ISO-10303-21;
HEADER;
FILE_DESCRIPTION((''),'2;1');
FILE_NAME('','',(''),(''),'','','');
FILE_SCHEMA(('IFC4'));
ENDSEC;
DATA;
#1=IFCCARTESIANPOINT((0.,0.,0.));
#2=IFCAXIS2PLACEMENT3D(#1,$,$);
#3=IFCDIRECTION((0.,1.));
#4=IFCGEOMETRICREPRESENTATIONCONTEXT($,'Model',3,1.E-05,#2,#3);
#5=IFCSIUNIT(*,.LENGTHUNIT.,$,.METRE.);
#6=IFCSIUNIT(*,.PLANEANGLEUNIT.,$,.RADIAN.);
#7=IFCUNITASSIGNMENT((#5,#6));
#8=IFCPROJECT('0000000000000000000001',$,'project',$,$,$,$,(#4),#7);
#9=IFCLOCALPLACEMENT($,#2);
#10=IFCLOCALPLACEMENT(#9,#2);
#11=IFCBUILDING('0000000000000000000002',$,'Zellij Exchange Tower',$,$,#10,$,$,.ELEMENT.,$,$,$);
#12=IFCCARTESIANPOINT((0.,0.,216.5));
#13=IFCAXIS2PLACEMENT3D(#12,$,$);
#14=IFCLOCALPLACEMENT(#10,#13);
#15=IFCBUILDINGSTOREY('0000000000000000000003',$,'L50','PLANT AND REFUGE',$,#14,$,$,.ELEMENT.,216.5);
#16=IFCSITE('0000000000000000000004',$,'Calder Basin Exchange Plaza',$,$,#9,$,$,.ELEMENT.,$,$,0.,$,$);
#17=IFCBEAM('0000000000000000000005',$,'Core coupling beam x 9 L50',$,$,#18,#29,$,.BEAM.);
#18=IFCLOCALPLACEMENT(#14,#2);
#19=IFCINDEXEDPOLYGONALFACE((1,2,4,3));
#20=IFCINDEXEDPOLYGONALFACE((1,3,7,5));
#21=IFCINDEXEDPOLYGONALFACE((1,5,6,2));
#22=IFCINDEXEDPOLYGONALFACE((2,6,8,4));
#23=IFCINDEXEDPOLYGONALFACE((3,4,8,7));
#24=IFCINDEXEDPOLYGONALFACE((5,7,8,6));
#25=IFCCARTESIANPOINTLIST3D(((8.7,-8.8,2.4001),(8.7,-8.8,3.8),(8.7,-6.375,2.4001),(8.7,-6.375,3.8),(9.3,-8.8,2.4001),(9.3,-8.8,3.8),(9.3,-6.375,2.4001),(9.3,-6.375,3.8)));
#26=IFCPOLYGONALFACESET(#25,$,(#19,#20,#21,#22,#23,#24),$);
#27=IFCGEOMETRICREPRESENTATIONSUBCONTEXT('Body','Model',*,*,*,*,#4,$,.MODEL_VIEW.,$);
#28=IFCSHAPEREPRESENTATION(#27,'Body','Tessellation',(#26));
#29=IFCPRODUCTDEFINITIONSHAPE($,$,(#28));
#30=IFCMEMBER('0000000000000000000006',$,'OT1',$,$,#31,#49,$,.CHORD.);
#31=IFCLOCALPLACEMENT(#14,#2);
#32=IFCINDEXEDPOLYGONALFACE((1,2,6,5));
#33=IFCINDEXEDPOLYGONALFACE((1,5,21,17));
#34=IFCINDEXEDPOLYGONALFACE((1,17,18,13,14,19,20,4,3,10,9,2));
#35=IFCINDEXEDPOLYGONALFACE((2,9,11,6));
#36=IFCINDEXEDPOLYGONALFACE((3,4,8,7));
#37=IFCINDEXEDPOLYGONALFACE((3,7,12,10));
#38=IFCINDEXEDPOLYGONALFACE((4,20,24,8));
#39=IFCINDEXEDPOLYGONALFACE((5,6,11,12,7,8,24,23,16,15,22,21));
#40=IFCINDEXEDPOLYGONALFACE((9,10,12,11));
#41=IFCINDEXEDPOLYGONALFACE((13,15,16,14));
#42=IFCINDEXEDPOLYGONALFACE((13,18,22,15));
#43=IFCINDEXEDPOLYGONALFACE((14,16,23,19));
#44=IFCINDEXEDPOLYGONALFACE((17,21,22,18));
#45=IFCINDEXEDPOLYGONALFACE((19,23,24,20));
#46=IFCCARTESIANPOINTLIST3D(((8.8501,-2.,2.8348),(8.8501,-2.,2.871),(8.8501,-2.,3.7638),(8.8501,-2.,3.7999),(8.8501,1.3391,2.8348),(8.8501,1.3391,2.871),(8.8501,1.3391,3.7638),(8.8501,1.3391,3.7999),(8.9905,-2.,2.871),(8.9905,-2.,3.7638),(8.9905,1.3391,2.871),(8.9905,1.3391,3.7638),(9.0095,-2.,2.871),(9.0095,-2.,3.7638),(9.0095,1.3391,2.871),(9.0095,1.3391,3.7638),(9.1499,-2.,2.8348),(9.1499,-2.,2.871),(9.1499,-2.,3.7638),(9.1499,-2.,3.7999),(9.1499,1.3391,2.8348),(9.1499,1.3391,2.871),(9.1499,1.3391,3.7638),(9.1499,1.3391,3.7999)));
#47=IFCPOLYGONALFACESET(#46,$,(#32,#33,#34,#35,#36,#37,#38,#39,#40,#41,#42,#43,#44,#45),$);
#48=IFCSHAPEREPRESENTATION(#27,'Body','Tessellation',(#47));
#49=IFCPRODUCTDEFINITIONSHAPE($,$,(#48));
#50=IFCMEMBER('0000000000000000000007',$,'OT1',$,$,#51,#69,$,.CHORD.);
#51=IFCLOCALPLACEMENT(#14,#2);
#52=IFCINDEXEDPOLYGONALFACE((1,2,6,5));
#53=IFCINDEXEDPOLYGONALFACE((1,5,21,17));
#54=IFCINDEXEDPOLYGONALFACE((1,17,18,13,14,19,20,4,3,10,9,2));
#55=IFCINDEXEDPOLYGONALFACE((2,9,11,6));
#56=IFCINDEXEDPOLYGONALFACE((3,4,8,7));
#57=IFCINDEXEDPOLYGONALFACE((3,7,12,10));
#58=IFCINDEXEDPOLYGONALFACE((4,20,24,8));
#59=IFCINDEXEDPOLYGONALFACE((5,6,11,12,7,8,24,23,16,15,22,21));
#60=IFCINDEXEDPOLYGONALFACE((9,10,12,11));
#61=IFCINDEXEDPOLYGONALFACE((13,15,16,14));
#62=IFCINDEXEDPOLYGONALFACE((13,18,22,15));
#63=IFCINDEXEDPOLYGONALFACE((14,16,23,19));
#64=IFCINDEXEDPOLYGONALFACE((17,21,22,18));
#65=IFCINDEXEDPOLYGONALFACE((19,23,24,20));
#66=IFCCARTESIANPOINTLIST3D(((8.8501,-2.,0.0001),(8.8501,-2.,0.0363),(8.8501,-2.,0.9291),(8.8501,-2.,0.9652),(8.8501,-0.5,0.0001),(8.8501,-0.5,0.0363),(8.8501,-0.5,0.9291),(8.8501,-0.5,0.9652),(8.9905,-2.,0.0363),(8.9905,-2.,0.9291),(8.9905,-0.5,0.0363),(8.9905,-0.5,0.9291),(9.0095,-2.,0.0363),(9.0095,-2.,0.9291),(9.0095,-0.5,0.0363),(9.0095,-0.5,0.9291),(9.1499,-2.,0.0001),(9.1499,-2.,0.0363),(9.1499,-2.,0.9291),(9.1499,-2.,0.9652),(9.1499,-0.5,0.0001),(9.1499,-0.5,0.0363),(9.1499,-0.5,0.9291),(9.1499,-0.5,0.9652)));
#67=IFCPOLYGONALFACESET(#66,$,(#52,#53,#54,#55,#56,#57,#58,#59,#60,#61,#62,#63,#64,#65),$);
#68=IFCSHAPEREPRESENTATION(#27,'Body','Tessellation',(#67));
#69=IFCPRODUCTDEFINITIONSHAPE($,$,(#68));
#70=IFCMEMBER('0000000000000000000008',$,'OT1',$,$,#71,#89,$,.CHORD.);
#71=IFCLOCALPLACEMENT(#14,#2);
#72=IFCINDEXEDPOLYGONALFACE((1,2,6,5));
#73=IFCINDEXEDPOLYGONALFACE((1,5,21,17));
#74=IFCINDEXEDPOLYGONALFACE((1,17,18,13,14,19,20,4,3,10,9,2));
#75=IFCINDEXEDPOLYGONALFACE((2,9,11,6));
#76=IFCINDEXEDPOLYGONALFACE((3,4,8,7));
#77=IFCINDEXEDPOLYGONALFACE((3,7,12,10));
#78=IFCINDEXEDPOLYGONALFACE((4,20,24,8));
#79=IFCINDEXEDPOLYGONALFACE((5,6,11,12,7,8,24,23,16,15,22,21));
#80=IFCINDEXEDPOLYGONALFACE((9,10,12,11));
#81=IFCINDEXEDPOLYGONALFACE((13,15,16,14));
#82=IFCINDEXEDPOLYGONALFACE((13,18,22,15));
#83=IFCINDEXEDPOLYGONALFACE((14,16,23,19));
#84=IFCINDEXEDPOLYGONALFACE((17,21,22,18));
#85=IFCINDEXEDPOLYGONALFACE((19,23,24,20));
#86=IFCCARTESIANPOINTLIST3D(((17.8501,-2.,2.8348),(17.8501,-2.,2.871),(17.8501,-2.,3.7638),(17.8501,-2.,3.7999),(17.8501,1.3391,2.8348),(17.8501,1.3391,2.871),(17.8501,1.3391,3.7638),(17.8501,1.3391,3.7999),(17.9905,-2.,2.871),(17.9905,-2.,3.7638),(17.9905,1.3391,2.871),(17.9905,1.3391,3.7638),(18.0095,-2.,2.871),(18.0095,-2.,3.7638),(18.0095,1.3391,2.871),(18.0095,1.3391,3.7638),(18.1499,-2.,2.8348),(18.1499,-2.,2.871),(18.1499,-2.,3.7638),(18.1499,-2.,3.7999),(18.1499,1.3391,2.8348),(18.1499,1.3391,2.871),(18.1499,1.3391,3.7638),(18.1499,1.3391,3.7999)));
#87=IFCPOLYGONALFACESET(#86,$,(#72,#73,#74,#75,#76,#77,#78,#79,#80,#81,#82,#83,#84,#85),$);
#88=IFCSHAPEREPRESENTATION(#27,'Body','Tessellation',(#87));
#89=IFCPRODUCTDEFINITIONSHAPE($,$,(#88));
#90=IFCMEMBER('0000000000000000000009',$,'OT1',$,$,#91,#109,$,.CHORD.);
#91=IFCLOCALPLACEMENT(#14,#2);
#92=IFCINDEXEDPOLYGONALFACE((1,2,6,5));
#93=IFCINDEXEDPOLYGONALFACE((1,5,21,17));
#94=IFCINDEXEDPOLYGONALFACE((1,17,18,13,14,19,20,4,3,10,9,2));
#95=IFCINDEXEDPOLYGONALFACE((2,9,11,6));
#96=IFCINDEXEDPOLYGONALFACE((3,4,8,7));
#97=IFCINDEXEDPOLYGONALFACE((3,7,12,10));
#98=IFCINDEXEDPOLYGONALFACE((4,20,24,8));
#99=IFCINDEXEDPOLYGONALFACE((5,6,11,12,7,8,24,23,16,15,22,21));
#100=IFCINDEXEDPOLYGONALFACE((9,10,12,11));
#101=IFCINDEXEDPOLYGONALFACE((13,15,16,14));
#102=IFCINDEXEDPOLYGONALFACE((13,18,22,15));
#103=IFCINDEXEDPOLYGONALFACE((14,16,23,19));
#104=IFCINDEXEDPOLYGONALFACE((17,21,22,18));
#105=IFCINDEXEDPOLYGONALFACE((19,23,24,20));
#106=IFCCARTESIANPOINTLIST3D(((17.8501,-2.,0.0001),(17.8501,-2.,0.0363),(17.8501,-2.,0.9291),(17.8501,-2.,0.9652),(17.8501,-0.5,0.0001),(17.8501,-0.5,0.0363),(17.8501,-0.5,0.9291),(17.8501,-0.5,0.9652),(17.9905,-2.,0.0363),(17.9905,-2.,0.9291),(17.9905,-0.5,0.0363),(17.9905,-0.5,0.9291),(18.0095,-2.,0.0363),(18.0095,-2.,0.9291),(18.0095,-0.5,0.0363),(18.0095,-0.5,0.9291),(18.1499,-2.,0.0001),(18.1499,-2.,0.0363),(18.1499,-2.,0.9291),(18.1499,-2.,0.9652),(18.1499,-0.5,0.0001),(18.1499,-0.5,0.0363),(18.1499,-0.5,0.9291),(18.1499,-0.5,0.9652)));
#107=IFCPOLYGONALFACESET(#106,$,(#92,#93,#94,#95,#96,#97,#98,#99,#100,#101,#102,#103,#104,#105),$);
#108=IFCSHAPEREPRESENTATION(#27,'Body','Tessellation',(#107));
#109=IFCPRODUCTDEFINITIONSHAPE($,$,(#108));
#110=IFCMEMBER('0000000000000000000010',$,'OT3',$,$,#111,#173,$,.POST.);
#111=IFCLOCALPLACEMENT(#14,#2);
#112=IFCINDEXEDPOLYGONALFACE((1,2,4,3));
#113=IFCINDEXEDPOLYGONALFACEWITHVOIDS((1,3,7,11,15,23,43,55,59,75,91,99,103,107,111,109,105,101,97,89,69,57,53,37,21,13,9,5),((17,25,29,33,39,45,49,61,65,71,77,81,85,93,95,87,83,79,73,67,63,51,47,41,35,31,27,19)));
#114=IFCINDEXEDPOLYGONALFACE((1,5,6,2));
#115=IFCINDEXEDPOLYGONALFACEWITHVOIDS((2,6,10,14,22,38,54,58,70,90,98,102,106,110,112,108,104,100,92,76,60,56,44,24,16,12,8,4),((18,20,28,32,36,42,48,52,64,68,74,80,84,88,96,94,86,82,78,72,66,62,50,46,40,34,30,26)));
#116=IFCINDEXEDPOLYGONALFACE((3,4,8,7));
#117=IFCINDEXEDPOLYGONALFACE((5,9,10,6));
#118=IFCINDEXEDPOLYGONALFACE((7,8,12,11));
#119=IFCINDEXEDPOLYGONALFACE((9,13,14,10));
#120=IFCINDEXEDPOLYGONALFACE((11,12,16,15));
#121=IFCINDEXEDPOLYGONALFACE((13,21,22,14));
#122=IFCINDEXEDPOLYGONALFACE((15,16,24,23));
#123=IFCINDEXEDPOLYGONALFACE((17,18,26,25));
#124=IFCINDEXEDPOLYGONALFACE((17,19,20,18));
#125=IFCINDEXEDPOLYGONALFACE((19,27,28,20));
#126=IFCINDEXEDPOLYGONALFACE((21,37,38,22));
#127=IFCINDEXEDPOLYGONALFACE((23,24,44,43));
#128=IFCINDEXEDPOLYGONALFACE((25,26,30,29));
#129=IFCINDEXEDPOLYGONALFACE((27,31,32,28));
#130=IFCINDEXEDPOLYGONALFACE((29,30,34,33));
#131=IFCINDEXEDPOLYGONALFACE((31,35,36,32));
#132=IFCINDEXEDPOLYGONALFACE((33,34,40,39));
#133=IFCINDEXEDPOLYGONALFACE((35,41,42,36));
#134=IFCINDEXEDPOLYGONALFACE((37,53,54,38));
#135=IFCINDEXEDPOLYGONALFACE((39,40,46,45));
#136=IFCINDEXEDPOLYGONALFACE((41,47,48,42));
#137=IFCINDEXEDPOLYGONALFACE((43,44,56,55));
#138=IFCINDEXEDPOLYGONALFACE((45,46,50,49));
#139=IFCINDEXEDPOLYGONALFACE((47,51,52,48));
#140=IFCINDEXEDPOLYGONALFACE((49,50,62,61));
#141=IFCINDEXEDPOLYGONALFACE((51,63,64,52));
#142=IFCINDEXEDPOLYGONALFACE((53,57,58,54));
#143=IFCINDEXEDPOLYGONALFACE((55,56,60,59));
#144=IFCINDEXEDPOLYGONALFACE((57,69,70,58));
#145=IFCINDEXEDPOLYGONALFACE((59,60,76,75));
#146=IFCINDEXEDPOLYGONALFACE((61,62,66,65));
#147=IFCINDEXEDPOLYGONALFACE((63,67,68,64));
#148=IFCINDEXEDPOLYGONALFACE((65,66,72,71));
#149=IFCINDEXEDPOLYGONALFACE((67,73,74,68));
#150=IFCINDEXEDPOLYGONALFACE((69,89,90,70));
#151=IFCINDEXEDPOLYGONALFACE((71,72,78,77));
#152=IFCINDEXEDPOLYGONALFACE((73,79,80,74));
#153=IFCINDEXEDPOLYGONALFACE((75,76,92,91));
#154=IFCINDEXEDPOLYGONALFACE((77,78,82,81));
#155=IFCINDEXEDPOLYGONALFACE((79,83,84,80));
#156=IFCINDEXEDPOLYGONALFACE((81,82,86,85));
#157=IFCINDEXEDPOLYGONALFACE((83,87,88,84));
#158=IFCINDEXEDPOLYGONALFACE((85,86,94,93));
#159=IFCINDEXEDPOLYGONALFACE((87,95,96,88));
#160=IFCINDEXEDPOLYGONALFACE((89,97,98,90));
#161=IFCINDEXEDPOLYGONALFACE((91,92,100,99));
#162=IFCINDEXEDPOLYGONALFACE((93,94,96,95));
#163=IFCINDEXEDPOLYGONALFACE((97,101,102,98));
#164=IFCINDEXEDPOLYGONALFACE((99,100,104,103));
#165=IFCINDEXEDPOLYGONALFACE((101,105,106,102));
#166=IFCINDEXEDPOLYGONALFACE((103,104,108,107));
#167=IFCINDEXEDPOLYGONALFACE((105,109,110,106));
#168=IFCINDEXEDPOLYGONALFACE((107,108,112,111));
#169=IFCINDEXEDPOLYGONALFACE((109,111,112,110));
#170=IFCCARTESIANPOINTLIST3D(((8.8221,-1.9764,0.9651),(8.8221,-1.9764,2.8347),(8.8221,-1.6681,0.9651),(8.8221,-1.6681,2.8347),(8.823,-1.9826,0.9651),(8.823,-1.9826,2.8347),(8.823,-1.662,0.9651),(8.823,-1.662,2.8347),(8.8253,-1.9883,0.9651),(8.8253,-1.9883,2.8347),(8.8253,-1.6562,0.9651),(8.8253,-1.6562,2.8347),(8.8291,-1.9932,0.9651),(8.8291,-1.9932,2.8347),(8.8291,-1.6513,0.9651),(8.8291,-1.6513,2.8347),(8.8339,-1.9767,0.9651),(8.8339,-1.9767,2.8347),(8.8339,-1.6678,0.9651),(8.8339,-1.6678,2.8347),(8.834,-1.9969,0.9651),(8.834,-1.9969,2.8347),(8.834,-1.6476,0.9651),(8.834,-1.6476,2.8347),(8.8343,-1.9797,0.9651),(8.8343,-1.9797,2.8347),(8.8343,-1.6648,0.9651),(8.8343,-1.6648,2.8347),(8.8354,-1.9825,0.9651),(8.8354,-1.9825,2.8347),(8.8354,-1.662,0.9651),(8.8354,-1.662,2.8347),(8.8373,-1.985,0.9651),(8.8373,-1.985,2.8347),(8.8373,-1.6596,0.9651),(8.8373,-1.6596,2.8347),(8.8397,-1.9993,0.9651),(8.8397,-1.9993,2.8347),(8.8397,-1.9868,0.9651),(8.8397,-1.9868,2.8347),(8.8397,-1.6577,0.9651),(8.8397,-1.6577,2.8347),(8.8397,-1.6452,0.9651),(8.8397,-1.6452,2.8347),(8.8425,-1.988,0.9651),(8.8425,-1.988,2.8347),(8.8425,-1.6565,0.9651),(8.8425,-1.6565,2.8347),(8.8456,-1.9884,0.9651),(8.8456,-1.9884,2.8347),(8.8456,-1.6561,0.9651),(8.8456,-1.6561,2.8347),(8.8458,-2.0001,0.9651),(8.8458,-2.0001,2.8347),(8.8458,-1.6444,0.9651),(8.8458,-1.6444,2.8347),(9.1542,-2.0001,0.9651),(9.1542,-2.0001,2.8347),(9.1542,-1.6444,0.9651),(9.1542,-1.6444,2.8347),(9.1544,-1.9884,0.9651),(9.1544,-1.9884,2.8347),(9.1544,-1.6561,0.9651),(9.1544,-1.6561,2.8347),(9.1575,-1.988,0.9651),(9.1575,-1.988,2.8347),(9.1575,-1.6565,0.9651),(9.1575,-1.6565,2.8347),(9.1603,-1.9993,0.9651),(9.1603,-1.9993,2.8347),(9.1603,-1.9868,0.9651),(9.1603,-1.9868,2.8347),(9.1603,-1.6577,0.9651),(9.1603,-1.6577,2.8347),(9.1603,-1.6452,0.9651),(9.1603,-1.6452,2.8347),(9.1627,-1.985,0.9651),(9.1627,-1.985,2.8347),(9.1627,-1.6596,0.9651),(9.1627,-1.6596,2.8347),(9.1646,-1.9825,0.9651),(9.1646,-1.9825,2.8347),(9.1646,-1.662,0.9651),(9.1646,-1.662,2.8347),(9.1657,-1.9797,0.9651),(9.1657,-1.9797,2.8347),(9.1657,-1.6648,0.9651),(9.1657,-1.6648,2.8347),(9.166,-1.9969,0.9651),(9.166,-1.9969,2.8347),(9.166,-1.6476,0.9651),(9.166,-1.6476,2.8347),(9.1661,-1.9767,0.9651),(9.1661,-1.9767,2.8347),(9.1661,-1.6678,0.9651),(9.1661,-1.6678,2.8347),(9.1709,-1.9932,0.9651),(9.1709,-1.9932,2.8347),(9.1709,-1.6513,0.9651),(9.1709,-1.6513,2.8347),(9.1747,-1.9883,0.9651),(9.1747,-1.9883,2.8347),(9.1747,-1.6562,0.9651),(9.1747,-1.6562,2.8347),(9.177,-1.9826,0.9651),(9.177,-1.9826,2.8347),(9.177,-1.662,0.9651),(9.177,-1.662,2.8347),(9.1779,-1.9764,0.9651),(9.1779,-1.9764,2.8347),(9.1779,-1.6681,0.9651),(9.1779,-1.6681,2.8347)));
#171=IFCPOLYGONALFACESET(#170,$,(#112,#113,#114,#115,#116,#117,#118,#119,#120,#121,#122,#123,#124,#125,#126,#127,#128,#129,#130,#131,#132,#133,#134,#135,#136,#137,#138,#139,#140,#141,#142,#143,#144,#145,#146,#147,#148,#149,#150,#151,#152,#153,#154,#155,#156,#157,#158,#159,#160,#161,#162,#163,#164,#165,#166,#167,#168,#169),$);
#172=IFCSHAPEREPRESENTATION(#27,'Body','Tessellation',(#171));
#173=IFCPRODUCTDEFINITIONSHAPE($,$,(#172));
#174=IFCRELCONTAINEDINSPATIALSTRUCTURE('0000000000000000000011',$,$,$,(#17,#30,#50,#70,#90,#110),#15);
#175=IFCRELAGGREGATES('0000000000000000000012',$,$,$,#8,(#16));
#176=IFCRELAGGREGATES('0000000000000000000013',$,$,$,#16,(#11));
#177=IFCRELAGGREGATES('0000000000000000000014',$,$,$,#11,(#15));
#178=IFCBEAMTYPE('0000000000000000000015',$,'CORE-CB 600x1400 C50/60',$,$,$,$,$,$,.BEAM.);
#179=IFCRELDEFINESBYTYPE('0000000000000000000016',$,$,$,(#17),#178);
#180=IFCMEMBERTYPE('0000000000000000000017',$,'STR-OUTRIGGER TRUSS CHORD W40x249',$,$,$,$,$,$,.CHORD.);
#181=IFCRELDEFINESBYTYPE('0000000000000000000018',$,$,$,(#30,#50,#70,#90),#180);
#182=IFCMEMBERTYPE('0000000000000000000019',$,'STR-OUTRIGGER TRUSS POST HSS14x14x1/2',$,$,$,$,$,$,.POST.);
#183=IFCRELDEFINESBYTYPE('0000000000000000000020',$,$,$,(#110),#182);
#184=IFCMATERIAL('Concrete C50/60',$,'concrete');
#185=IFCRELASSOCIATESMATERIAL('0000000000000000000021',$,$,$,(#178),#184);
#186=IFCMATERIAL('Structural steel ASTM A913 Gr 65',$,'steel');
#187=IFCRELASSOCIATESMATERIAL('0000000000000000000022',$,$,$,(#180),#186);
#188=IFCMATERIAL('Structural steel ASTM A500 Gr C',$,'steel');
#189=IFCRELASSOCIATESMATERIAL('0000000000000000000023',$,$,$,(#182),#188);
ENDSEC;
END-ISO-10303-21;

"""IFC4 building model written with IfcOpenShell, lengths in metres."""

from ifc_helpers import new_model, si_unit, direction, frame, origin, origin_2d, place, context, subcontext, project, spatial, rectangle, hollow_rectangle, i_section, extrude, material, material_profile, profile_set, type_object, element, save


model = new_model("IFC4")

# Units and contexts
model_context = context("Model", 3, precision=1e-05, world=origin(), true_north=direction((0.0, 1.0)))
body_context = subcontext(model_context, "Body", "Model", "MODEL_VIEW")
ifc_project = project(units=[si_unit("LENGTHUNIT", "METRE"), si_unit("PLANEANGLEUNIT", "RADIAN")], contexts=[model_context])

# Site, building, storey
site_placement = place(None, origin())
site = spatial("IfcSite", under=ifc_project, at=site_placement, Name="Calder Basin Exchange Plaza", CompositionType="ELEMENT", RefElevation=0.0)
building_placement = place(site_placement, origin())
building = spatial("IfcBuilding", under=site, at=building_placement, Name="Zellij Exchange Tower", CompositionType="ELEMENT")
storey_placement = place(building_placement, frame((0.0, 0.0, 216.5)))
storey = spatial("IfcBuildingStorey", under=building, at=storey_placement, Name="L50", Description="PLANT AND REFUGE", CompositionType="ELEMENT", Elevation=216.5)

# Beam
ifc_material_1 = material(Name="Concrete C50/60", Category="concrete")
ifc_material_profile_1 = material_profile(ifc_material_1, rectangle(XDim=0.6001, YDim=1.3999, at=origin_2d()), Name="CORE-CB 600x1400 C50/60")
ifc_profile_set_1 = profile_set([ifc_material_profile_1], Name="Concrete C50/60")
beam_type = type_object("IfcBeamType", Name="CORE-CB 600x1400 C50/60", PredefinedType="BEAM", material=ifc_profile_set_1)
beam_placement = place(storey_placement, frame((9.0, -8.8, 3.1001), z_axis=(0.0, 1.0, 0.0), x_axis=(-1.0, 0.0, 0.0)))
element("IfcBeam", 1, at=beam_placement, inside=storey, type_object=beam_type, Name="Core coupling beam x 9 L50", PredefinedType="BEAM", context=body_context, shape_type="SweptSolid", body=[
    extrude(rectangle(XDim=0.6001, YDim=1.3999, at=origin_2d()), origin(), (0.0, 0.0, 1.0), 2.425),
])

# Members
ifc_material_2 = material(Name="Structural steel ASTM A913 Gr 65", Category="steel")
ifc_material_profile_2 = material_profile(ifc_material_2, i_section(OverallWidth=0.2998, OverallDepth=0.9651, WebThickness=0.019, FlangeThickness=0.0361, at=origin_2d()), Name="W40x249")
ifc_profile_set_2 = profile_set([ifc_material_profile_2], Name="Structural steel ASTM A913 Gr 65")
member_type_1 = type_object("IfcMemberType", Name="STR-OUTRIGGER TRUSS CHORD W40x249", PredefinedType="CHORD", material=ifc_profile_set_2)
member_1_placement = place(storey_placement, frame((9.0, -2.0, 3.3174), z_axis=(0.0, 1.0, 0.0), x_axis=(-1.0, 0.0, 0.0)))
element("IfcMember", 2, at=member_1_placement, inside=storey, type_object=member_type_1, Name="OT1", PredefinedType="CHORD", context=body_context, shape_type="SweptSolid", body=[
    extrude(i_section(OverallWidth=0.2998, OverallDepth=0.9651, WebThickness=0.019, FlangeThickness=0.0361, at=origin_2d()), origin(), (0.0, 0.0, 1.0), 3.3391),
])
member_2_placement = place(storey_placement, frame((9.0, -2.0, 0.4827), z_axis=(0.0, 1.0, 0.0), x_axis=(-1.0, 0.0, 0.0)))
element("IfcMember", 3, at=member_2_placement, inside=storey, type_object=member_type_1, Name="OT1", PredefinedType="CHORD", context=body_context, shape_type="SweptSolid", body=[
    extrude(i_section(OverallWidth=0.2998, OverallDepth=0.9651, WebThickness=0.019, FlangeThickness=0.0361, at=origin_2d()), origin(), (0.0, 0.0, 1.0), 1.5),
])
member_3_placement = place(storey_placement, frame((18.0, -2.0, 3.3174), z_axis=(0.0, 1.0, 0.0), x_axis=(-1.0, 0.0, 0.0)))
element("IfcMember", 4, at=member_3_placement, inside=storey, type_object=member_type_1, Name="OT1", PredefinedType="CHORD", context=body_context, shape_type="SweptSolid", body=[
    extrude(i_section(OverallWidth=0.2998, OverallDepth=0.9651, WebThickness=0.019, FlangeThickness=0.0361, at=origin_2d()), origin(), (0.0, 0.0, 1.0), 3.3391),
])
member_4_placement = place(storey_placement, frame((18.0, -2.0, 0.4827), z_axis=(0.0, 1.0, 0.0), x_axis=(-1.0, 0.0, 0.0)))
element("IfcMember", 5, at=member_4_placement, inside=storey, type_object=member_type_1, Name="OT1", PredefinedType="CHORD", context=body_context, shape_type="SweptSolid", body=[
    extrude(i_section(OverallWidth=0.2998, OverallDepth=0.9651, WebThickness=0.019, FlangeThickness=0.0361, at=origin_2d()), origin(), (0.0, 0.0, 1.0), 1.5),
])
ifc_material_3 = material(Name="Structural steel ASTM A500 Gr C", Category="steel")
ifc_material_profile_3 = material_profile(ifc_material_3, hollow_rectangle(XDim=0.3557, YDim=0.3557, WallThickness=0.0117, InnerFilletRadius=0.0117, OuterFilletRadius=0.0237, at=origin_2d()), Name="STR-OUTRIGGER TRUSS POST HSS14x14x1/2")
ifc_profile_set_3 = profile_set([ifc_material_profile_3], Name="Structural steel ASTM A500 Gr C")
member_type_2 = type_object("IfcMemberType", Name="STR-OUTRIGGER TRUSS POST HSS14x14x1/2", PredefinedType="POST", material=ifc_profile_set_3)
for number, where, z_axis, x_axis, name in (
    (6, (9.0, -1.8223, 0.9651), (0.0, 0.0, 1.0), (1.0, 0.0, 0.0), "OT3"),
):
    element("IfcMember", number, at=place(storey_placement, frame(where, z_axis=z_axis, x_axis=x_axis)), inside=storey, type_object=member_type_2, Name=name, PredefinedType="POST", context=body_context, shape_type="SweptSolid", body=[
        extrude(hollow_rectangle(XDim=0.3557, YDim=0.3557, WallThickness=0.0117, InnerFilletRadius=0.0117, OuterFilletRadius=0.0237, at=origin_2d()), origin(), (0.0, 0.0, 1.0), 1.8696),
    ])

save(model, "model.ifc")
